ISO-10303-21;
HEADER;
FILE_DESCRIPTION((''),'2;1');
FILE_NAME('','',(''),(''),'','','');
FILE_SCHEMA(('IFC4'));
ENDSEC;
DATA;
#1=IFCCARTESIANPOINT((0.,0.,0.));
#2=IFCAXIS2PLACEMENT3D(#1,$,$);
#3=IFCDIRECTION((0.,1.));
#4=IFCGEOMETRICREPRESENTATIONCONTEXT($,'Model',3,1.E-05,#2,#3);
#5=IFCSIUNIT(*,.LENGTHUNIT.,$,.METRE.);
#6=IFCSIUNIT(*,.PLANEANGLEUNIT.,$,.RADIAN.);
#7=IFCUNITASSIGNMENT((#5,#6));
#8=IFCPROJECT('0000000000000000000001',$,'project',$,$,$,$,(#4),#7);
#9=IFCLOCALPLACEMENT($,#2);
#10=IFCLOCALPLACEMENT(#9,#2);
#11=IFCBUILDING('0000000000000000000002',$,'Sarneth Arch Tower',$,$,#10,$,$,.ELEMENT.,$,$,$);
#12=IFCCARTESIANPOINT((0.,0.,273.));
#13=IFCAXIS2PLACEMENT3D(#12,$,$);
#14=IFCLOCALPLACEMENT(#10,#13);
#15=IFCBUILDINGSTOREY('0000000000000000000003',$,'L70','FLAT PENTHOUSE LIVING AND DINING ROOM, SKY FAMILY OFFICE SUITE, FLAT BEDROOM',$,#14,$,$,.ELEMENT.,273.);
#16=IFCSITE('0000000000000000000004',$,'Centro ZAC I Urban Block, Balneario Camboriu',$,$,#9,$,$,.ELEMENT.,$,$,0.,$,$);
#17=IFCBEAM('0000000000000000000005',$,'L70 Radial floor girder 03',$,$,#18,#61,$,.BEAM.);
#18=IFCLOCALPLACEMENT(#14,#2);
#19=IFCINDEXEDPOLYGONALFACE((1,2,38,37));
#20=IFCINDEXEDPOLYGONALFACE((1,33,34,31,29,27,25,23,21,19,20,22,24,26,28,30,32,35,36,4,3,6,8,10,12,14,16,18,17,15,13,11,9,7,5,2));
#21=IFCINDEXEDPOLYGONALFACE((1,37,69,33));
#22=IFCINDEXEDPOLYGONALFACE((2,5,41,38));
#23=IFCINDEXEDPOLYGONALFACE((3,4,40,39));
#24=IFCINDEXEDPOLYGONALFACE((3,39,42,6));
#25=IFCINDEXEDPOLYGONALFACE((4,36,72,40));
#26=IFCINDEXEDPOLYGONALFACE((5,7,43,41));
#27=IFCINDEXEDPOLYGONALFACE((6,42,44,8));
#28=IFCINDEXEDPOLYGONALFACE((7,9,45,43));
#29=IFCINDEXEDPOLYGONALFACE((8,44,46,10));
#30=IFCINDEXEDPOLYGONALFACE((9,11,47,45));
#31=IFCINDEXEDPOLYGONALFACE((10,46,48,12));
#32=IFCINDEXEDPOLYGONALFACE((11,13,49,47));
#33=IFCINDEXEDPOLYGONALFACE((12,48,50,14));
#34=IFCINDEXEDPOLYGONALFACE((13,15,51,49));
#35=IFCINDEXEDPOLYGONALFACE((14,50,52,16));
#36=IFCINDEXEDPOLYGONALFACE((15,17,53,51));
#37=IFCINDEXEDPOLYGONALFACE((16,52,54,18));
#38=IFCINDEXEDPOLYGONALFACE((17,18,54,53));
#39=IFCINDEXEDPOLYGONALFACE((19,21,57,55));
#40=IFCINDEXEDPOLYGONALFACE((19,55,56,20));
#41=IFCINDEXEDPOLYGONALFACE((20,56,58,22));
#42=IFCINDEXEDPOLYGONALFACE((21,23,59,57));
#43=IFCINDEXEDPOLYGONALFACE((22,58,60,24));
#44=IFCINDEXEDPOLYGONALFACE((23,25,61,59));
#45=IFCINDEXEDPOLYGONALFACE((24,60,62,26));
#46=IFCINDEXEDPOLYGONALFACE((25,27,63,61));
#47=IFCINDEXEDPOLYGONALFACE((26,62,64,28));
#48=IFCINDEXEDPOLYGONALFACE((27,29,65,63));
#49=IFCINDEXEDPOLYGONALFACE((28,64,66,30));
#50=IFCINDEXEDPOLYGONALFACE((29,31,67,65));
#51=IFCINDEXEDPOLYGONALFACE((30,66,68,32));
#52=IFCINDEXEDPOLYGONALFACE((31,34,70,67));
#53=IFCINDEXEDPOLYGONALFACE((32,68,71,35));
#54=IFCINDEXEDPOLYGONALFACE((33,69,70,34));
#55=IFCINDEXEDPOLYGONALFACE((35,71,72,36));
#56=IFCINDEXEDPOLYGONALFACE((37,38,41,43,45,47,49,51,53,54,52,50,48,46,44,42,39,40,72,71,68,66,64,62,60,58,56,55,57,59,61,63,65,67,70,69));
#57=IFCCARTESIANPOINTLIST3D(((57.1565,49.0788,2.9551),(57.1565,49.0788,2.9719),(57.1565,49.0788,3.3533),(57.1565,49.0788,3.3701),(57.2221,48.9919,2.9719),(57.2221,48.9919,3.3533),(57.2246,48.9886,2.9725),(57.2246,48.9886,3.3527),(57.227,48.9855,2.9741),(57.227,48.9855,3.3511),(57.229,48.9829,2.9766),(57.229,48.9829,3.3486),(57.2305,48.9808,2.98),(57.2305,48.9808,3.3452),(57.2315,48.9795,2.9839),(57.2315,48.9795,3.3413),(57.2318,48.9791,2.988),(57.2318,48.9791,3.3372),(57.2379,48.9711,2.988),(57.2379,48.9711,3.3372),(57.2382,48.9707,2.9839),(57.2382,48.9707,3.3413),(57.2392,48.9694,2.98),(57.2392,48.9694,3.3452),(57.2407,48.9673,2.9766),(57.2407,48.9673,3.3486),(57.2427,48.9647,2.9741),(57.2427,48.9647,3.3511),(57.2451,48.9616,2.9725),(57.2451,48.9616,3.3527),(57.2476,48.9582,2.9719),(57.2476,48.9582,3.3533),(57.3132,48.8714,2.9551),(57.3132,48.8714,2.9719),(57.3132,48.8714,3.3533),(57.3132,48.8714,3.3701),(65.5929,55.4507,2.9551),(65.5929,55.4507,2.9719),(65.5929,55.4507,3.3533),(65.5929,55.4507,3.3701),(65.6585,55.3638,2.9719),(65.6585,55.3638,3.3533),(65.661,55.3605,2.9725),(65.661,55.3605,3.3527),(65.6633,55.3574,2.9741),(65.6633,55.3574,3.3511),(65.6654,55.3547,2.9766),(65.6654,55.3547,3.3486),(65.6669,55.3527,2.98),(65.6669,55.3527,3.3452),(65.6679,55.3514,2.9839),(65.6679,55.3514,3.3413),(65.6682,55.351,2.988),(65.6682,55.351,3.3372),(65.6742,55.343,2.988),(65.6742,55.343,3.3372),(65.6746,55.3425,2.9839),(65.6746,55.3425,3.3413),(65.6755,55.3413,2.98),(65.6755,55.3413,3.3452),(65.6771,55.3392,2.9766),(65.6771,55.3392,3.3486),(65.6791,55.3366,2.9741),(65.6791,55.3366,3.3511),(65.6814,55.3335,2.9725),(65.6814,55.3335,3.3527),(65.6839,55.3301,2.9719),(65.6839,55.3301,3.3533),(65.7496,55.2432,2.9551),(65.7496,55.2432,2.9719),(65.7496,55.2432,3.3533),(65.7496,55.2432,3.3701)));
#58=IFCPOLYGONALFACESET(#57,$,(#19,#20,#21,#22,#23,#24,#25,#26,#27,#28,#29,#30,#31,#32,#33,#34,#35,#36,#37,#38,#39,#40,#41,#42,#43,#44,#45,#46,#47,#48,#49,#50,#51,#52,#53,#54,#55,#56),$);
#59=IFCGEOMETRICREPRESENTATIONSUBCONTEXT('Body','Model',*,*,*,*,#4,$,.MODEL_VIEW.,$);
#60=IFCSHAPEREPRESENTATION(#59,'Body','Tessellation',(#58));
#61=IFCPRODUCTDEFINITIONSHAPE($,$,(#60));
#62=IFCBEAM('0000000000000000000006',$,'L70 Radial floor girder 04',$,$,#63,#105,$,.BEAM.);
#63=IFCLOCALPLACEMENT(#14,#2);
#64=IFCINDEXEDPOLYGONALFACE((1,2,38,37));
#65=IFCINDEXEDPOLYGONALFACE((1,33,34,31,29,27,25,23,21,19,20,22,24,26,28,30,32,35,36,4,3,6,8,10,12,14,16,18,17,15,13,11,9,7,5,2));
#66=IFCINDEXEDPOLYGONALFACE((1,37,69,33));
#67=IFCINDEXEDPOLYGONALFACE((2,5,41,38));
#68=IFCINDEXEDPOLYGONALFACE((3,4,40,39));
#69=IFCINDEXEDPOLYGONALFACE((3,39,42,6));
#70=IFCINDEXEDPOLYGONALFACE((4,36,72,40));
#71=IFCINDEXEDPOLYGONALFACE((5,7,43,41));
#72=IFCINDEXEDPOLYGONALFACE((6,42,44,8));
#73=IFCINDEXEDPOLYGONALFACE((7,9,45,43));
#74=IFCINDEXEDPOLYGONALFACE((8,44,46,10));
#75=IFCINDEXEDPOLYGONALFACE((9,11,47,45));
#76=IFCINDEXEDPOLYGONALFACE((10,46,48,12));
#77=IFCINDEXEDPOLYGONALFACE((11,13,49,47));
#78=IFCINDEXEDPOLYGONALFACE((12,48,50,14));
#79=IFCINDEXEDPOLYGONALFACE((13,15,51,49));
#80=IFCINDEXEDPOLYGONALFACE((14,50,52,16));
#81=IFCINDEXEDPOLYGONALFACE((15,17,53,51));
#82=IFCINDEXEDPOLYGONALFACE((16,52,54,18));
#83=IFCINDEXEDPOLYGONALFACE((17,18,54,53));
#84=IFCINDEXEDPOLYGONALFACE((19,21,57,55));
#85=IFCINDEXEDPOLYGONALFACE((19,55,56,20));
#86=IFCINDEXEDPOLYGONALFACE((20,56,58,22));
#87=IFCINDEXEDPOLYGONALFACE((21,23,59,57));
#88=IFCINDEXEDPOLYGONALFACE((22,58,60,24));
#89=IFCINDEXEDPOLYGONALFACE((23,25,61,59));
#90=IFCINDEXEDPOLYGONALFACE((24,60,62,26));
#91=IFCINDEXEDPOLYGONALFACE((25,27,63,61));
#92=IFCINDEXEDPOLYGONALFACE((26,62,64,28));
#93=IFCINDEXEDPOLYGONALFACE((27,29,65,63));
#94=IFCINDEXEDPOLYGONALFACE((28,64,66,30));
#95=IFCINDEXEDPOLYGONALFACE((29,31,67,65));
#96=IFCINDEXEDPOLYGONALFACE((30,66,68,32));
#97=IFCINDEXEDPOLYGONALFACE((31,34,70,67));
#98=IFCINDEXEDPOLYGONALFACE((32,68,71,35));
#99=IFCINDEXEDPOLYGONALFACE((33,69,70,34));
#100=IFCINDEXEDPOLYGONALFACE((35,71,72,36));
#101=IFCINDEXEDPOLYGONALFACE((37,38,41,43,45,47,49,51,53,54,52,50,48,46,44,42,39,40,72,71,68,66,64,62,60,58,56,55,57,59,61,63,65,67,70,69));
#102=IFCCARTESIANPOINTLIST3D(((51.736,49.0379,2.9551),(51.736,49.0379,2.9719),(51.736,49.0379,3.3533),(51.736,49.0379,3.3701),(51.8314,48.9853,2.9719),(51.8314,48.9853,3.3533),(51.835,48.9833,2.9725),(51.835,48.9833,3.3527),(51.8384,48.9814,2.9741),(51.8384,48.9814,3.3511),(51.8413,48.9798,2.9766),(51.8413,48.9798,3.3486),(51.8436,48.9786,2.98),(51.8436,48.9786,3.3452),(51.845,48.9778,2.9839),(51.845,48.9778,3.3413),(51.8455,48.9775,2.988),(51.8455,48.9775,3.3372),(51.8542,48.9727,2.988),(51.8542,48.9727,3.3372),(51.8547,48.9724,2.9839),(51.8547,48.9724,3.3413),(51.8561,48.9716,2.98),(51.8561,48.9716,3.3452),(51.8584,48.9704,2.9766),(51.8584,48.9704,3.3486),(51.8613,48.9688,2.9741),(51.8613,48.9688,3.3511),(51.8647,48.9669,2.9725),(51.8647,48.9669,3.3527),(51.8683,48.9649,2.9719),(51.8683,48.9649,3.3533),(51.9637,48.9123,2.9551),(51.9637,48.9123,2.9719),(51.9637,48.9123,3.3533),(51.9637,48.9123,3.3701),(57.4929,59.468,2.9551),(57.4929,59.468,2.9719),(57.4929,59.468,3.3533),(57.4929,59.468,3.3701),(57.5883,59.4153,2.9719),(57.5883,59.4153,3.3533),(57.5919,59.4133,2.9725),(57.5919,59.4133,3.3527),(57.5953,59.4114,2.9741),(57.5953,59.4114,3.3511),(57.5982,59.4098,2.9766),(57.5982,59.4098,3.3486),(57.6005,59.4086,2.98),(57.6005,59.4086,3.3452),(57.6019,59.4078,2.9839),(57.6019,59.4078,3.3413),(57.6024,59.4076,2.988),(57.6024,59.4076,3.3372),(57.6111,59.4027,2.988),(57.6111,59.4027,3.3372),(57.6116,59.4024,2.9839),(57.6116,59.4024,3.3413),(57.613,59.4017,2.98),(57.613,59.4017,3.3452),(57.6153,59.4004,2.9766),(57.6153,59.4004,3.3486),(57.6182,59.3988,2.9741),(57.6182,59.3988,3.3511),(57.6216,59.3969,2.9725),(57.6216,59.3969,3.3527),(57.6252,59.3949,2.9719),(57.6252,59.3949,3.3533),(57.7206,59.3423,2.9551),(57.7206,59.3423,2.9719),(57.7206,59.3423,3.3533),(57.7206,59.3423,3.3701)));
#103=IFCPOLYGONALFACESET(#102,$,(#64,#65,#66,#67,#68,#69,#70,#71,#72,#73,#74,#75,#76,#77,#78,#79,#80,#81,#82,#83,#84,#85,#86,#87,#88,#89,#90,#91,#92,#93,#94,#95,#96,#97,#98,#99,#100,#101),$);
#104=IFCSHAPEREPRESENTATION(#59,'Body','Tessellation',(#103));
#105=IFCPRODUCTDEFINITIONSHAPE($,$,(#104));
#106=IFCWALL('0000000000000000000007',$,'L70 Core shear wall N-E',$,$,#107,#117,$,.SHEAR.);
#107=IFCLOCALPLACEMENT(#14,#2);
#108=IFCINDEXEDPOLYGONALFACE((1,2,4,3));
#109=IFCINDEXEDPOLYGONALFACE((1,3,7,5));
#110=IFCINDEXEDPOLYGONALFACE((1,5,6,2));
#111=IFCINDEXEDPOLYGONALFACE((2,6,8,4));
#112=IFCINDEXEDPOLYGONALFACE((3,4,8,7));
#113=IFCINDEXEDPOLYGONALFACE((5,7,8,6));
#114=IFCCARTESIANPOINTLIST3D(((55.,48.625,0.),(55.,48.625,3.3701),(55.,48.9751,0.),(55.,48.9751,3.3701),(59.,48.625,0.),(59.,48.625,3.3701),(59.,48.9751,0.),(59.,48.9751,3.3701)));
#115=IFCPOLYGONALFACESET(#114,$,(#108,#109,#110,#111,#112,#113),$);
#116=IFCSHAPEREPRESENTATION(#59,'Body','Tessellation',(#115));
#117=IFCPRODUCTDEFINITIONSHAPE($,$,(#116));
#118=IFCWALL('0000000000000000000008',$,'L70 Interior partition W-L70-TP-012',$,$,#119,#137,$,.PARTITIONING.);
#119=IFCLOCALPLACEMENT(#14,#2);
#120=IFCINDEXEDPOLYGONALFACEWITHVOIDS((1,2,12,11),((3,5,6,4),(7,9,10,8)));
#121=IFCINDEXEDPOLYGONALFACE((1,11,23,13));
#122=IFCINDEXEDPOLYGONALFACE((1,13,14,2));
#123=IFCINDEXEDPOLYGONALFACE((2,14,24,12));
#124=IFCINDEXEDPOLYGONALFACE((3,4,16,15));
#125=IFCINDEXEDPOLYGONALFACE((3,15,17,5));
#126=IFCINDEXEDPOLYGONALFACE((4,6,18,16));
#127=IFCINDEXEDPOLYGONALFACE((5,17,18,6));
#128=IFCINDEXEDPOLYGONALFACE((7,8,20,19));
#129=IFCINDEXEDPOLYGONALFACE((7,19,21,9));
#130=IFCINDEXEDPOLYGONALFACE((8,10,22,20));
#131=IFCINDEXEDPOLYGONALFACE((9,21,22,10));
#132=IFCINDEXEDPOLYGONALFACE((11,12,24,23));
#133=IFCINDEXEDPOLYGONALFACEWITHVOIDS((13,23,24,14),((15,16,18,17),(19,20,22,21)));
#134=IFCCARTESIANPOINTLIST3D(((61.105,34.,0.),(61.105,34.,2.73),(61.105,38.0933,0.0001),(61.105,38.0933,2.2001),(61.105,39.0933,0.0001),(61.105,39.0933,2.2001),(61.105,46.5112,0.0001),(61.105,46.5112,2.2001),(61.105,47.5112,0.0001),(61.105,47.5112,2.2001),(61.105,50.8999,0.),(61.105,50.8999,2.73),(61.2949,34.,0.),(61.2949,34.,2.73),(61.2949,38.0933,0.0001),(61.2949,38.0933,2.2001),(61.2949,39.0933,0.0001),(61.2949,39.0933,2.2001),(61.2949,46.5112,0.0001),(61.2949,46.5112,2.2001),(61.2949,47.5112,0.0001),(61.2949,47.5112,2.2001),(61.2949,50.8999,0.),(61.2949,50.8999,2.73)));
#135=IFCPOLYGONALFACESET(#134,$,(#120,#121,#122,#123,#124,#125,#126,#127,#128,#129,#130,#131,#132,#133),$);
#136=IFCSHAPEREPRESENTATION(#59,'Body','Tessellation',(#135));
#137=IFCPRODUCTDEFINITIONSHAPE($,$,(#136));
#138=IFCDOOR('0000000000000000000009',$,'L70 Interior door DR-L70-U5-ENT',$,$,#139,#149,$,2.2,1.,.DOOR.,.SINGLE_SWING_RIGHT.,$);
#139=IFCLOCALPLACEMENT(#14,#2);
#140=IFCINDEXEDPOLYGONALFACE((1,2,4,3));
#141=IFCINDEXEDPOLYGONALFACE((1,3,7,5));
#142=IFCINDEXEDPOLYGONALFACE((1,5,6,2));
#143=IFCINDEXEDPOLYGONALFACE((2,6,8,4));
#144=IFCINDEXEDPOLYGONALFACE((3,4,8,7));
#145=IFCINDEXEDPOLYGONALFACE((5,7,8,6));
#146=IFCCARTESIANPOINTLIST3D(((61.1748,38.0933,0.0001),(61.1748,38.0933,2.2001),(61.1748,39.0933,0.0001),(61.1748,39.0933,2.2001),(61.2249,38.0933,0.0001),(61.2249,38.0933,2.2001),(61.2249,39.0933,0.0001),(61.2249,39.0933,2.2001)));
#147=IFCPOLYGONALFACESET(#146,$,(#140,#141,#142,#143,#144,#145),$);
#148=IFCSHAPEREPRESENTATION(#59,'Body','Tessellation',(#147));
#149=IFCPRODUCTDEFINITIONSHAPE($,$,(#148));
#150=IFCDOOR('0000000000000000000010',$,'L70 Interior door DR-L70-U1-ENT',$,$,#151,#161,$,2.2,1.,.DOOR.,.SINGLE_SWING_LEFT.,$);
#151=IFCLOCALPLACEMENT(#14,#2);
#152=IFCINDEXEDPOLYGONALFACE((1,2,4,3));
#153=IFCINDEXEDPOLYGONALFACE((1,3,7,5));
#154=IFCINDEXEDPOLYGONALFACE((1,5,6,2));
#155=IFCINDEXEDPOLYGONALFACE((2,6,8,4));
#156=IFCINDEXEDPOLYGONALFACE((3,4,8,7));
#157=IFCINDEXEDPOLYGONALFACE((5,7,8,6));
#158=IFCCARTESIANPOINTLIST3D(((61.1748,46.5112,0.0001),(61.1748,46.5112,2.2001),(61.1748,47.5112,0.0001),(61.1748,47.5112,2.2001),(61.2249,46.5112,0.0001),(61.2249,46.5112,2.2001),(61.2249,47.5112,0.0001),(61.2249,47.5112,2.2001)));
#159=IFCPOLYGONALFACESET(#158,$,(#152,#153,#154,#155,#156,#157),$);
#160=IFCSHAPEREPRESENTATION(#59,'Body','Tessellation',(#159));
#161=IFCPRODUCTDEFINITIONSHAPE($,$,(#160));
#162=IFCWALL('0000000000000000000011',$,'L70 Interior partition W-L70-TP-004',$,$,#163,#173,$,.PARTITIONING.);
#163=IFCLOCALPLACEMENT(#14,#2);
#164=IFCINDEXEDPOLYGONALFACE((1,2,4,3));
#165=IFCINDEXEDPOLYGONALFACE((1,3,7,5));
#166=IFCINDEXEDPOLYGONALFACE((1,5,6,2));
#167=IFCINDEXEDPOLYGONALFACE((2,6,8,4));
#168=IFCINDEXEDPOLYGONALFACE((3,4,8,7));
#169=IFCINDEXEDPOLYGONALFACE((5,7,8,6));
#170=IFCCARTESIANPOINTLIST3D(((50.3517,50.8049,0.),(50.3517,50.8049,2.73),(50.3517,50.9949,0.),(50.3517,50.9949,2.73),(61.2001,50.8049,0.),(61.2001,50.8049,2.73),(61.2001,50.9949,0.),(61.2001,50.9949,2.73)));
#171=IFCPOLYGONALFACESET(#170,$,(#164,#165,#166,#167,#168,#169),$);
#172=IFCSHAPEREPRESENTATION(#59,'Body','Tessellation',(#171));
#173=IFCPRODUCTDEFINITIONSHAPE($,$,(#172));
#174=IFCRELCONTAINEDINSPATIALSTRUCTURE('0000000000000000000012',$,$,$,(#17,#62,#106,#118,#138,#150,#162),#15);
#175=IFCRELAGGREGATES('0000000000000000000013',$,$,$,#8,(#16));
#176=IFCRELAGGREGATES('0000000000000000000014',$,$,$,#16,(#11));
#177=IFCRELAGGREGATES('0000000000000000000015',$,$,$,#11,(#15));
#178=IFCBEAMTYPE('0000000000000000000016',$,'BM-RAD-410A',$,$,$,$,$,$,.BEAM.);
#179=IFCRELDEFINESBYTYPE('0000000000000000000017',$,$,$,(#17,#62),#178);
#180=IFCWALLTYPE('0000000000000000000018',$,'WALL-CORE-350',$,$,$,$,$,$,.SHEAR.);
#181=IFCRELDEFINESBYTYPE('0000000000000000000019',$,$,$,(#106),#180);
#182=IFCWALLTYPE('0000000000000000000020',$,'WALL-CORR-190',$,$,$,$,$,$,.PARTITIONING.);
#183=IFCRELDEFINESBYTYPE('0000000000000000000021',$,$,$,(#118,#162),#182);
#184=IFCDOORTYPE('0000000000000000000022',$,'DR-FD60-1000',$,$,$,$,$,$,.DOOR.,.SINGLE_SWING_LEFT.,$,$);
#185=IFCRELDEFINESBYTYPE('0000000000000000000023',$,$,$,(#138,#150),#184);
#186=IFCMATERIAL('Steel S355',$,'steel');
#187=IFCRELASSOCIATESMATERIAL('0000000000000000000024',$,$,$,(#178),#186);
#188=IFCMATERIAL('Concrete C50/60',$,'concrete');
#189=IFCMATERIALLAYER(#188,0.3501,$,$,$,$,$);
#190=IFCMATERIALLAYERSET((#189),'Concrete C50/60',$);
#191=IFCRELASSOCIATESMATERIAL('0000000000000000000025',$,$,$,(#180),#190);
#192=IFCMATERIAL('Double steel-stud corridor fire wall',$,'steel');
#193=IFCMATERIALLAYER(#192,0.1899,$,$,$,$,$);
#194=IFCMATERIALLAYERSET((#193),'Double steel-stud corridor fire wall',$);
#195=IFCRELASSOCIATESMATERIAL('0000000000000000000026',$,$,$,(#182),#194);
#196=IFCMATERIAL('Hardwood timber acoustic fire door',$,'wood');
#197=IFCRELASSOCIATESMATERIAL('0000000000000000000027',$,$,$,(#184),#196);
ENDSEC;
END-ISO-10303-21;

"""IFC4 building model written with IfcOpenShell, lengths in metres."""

from ifc_helpers import new_model, si_unit, direction, frame, frame_2d, origin, origin_2d, place, context, subcontext, project, spatial, rectangle, i_section, extrude, material, layer, layer_set, material_profile, profile_set, type_object, element, fill, save


model = new_model("IFC4")

# Units and contexts
model_context = context("Model", 3, precision=1e-05, world=origin(), true_north=direction((0.0, 1.0)))
body_context = subcontext(model_context, "Body", "Model", "MODEL_VIEW")
ifc_project = project(units=[si_unit("LENGTHUNIT", "METRE"), si_unit("PLANEANGLEUNIT", "RADIAN")], contexts=[model_context])

# Site, building, storey
site_placement = place(None, origin())
site = spatial("IfcSite", under=ifc_project, at=site_placement, Name="Centro ZAC I Urban Block, Balneario Camboriu", CompositionType="ELEMENT", RefElevation=0.0)
building_placement = place(site_placement, origin())
building = spatial("IfcBuilding", under=site, at=building_placement, Name="Sarneth Arch Tower", CompositionType="ELEMENT")
storey_placement = place(building_placement, frame((0.0, 0.0, 273.0)))
storey = spatial("IfcBuildingStorey", under=building, at=storey_placement, Name="L70", Description="FLAT PENTHOUSE LIVING AND DINING ROOM, SKY FAMILY OFFICE SUITE, FLAT BEDROOM", CompositionType="ELEMENT", Elevation=273.0)

# Beams
ifc_material_1 = material(Name="Steel S355", Category="steel")
ifc_material_profile_1 = material_profile(ifc_material_1, i_section(OverallWidth=0.26, OverallDepth=0.415, WebThickness=0.01, FlangeThickness=0.0168, FilletRadius=0.0161, at=origin_2d()), Name="W410x100")
ifc_profile_set_1 = profile_set([ifc_material_profile_1], Name="Steel S355")
beam_type_1 = type_object("IfcBeamType", Name="BM-RAD-410A", PredefinedType="BEAM", material=ifc_profile_set_1)
beam_1_placement = place(storey_placement, frame((57.2349, 48.9751, 3.1626), z_axis=(0.79797, 0.602698, 0.0), x_axis=(-0.602698, 0.79797, 0.0)))
element("IfcBeam", 1, at=beam_1_placement, inside=storey, type_object=beam_type_1, Name="L70 Radial floor girder 03", PredefinedType="BEAM", context=body_context, shape_type="SweptSolid", body=[
    extrude(i_section(OverallWidth=0.26, OverallDepth=0.415, WebThickness=0.01, FlangeThickness=0.0168, FilletRadius=0.0161, at=origin_2d()), origin(), (0.0, 0.0, 1.0), 10.5723),
])
beam_2_placement = place(storey_placement, frame((51.8499, 48.9751, 3.1626), z_axis=(0.483231, 0.875493, 0.0), x_axis=(-0.875493, 0.483231, 0.0)))
element("IfcBeam", 2, at=beam_2_placement, inside=storey, type_object=beam_type_1, Name="L70 Radial floor girder 04", PredefinedType="BEAM", context=body_context, shape_type="SweptSolid", body=[
    extrude(i_section(OverallWidth=0.26, OverallDepth=0.415, WebThickness=0.01, FlangeThickness=0.0168, FilletRadius=0.0161, at=origin_2d()), origin(), (0.0, 0.0, 1.0), 11.9133),
])

# Wall
ifc_material_2 = material(Name="Concrete C50/60", Category="concrete")
ifc_layer_1 = layer(ifc_material_2, 0.3501)
ifc_layer_set_1 = layer_set([ifc_layer_1], Name="Concrete C50/60")
wall_type_1 = type_object("IfcWallType", Name="WALL-CORE-350", PredefinedType="SHEAR", material=ifc_layer_set_1)
wall_1_placement = place(storey_placement, frame((55.0, 48.8, 0.0), z_axis=(0.0, 0.0, 1.0), x_axis=(1.0, 0.0, 0.0)))
element("IfcWall", 3, at=wall_1_placement, inside=storey, type_object=wall_type_1, Name="L70 Core shear wall N-E", PredefinedType="SHEAR", context=body_context, shape_type="SweptSolid", body=[
    extrude(rectangle(XDim=4.0, YDim=0.3501, at=frame_2d((2.0, 0.0))), origin(), (0.0, 0.0, 1.0), 3.3701),
])

# Wall, openings, doors
ifc_material_3 = material(Name="Double steel-stud corridor fire wall", Category="steel")
ifc_layer_2 = layer(ifc_material_3, 0.1899)
ifc_layer_set_2 = layer_set([ifc_layer_2], Name="Double steel-stud corridor fire wall")
wall_type_2 = type_object("IfcWallType", Name="WALL-CORR-190", PredefinedType="PARTITIONING", material=ifc_layer_set_2)
wall_2_placement = place(storey_placement, frame((61.2, 50.8999, 0.0), z_axis=(0.0, 0.0, 1.0), x_axis=(0.0, -1.0, 0.0)))
wall_2 = element("IfcWall", 4, at=wall_2_placement, inside=storey, type_object=wall_type_2, Name="L70 Interior partition W-L70-TP-012", PredefinedType="PARTITIONING", context=body_context, shape_type="SweptSolid", body=[
    extrude(rectangle(XDim=16.8999, YDim=0.1899, at=frame_2d((8.45, 0.0))), origin(), (0.0, 0.0, 1.0), 2.73),
])
opening_1_placement = place(wall_2_placement, frame((11.8066, 0.0, 0.0)))
opening_1 = element("IfcOpeningElement", 5, at=opening_1_placement, cuts=wall_2, PredefinedType="OPENING", context=body_context, shape_type="SweptSolid", body=[
    extrude(rectangle(XDim=1.0, YDim=2.2, at=frame_2d((0.5, 1.1001))), frame((0.0, 0.105, 0.0), z_axis=(0.0, -1.0, 0.0), x_axis=(1.0, 0.0, 0.0)), (0.0, 0.0, 1.0), 0.21),
])
opening_2_placement = place(wall_2_placement, frame((3.3887, 0.0, 0.0)))
opening_2 = element("IfcOpeningElement", 6, at=opening_2_placement, cuts=wall_2, PredefinedType="OPENING", context=body_context, shape_type="SweptSolid", body=[
    extrude(rectangle(XDim=1.0, YDim=2.2, at=frame_2d((0.5, 1.1001))), frame((0.0, 0.105, 0.0), z_axis=(0.0, -1.0, 0.0), x_axis=(1.0, 0.0, 0.0)), (0.0, 0.0, 1.0), 0.21),
])
ifc_material_4 = material(Name="Hardwood timber acoustic fire door", Category="wood")
door_type = type_object("IfcDoorType", Name="DR-FD60-1000", OperationType="SINGLE_SWING_LEFT", PredefinedType="DOOR", material=ifc_material_4)
door_1_placement = place(opening_1_placement, origin())
door_1 = element("IfcDoor", 7, at=door_1_placement, inside=storey, type_object=door_type, Name="L70 Interior door DR-L70-U5-ENT", OperationType="SINGLE_SWING_RIGHT", OverallHeight=2.2, OverallWidth=1.0, PredefinedType="DOOR", context=body_context, shape_type="SweptSolid", body=[
    extrude(rectangle(XDim=1.0, YDim=2.2, at=frame_2d((0.5, 1.1001))), frame((0.0, 0.0249, 0.0), z_axis=(0.0, -1.0, 0.0), x_axis=(1.0, 0.0, 0.0)), (0.0, 0.0, 1.0), 0.05),
])
fill(opening_1, door_1)
door_2_placement = place(opening_2_placement, origin())
door_2 = element("IfcDoor", 8, at=door_2_placement, inside=storey, type_object=door_type, Name="L70 Interior door DR-L70-U1-ENT", OperationType="SINGLE_SWING_LEFT", OverallHeight=2.2, OverallWidth=1.0, PredefinedType="DOOR", context=body_context, shape_type="SweptSolid", body=[
    extrude(rectangle(XDim=1.0, YDim=2.2, at=frame_2d((0.5, 1.1001))), frame((0.0, 0.0249, 0.0), z_axis=(0.0, -1.0, 0.0), x_axis=(1.0, 0.0, 0.0)), (0.0, 0.0, 1.0), 0.05),
])
fill(opening_2, door_2)

# Wall
wall_3_placement = place(storey_placement, frame((50.3516, 50.8999, 0.0), z_axis=(0.0, 0.0, 1.0), x_axis=(1.0, 0.0, 0.0)))
element("IfcWall", 9, at=wall_3_placement, inside=storey, type_object=wall_type_2, Name="L70 Interior partition W-L70-TP-004", PredefinedType="PARTITIONING", context=body_context, shape_type="SweptSolid", body=[
    extrude(rectangle(XDim=10.8484, YDim=0.1899, at=frame_2d((5.4243, 0.0))), origin(), (0.0, 0.0, 1.0), 2.73),
])

save(model, "model.ifc")
